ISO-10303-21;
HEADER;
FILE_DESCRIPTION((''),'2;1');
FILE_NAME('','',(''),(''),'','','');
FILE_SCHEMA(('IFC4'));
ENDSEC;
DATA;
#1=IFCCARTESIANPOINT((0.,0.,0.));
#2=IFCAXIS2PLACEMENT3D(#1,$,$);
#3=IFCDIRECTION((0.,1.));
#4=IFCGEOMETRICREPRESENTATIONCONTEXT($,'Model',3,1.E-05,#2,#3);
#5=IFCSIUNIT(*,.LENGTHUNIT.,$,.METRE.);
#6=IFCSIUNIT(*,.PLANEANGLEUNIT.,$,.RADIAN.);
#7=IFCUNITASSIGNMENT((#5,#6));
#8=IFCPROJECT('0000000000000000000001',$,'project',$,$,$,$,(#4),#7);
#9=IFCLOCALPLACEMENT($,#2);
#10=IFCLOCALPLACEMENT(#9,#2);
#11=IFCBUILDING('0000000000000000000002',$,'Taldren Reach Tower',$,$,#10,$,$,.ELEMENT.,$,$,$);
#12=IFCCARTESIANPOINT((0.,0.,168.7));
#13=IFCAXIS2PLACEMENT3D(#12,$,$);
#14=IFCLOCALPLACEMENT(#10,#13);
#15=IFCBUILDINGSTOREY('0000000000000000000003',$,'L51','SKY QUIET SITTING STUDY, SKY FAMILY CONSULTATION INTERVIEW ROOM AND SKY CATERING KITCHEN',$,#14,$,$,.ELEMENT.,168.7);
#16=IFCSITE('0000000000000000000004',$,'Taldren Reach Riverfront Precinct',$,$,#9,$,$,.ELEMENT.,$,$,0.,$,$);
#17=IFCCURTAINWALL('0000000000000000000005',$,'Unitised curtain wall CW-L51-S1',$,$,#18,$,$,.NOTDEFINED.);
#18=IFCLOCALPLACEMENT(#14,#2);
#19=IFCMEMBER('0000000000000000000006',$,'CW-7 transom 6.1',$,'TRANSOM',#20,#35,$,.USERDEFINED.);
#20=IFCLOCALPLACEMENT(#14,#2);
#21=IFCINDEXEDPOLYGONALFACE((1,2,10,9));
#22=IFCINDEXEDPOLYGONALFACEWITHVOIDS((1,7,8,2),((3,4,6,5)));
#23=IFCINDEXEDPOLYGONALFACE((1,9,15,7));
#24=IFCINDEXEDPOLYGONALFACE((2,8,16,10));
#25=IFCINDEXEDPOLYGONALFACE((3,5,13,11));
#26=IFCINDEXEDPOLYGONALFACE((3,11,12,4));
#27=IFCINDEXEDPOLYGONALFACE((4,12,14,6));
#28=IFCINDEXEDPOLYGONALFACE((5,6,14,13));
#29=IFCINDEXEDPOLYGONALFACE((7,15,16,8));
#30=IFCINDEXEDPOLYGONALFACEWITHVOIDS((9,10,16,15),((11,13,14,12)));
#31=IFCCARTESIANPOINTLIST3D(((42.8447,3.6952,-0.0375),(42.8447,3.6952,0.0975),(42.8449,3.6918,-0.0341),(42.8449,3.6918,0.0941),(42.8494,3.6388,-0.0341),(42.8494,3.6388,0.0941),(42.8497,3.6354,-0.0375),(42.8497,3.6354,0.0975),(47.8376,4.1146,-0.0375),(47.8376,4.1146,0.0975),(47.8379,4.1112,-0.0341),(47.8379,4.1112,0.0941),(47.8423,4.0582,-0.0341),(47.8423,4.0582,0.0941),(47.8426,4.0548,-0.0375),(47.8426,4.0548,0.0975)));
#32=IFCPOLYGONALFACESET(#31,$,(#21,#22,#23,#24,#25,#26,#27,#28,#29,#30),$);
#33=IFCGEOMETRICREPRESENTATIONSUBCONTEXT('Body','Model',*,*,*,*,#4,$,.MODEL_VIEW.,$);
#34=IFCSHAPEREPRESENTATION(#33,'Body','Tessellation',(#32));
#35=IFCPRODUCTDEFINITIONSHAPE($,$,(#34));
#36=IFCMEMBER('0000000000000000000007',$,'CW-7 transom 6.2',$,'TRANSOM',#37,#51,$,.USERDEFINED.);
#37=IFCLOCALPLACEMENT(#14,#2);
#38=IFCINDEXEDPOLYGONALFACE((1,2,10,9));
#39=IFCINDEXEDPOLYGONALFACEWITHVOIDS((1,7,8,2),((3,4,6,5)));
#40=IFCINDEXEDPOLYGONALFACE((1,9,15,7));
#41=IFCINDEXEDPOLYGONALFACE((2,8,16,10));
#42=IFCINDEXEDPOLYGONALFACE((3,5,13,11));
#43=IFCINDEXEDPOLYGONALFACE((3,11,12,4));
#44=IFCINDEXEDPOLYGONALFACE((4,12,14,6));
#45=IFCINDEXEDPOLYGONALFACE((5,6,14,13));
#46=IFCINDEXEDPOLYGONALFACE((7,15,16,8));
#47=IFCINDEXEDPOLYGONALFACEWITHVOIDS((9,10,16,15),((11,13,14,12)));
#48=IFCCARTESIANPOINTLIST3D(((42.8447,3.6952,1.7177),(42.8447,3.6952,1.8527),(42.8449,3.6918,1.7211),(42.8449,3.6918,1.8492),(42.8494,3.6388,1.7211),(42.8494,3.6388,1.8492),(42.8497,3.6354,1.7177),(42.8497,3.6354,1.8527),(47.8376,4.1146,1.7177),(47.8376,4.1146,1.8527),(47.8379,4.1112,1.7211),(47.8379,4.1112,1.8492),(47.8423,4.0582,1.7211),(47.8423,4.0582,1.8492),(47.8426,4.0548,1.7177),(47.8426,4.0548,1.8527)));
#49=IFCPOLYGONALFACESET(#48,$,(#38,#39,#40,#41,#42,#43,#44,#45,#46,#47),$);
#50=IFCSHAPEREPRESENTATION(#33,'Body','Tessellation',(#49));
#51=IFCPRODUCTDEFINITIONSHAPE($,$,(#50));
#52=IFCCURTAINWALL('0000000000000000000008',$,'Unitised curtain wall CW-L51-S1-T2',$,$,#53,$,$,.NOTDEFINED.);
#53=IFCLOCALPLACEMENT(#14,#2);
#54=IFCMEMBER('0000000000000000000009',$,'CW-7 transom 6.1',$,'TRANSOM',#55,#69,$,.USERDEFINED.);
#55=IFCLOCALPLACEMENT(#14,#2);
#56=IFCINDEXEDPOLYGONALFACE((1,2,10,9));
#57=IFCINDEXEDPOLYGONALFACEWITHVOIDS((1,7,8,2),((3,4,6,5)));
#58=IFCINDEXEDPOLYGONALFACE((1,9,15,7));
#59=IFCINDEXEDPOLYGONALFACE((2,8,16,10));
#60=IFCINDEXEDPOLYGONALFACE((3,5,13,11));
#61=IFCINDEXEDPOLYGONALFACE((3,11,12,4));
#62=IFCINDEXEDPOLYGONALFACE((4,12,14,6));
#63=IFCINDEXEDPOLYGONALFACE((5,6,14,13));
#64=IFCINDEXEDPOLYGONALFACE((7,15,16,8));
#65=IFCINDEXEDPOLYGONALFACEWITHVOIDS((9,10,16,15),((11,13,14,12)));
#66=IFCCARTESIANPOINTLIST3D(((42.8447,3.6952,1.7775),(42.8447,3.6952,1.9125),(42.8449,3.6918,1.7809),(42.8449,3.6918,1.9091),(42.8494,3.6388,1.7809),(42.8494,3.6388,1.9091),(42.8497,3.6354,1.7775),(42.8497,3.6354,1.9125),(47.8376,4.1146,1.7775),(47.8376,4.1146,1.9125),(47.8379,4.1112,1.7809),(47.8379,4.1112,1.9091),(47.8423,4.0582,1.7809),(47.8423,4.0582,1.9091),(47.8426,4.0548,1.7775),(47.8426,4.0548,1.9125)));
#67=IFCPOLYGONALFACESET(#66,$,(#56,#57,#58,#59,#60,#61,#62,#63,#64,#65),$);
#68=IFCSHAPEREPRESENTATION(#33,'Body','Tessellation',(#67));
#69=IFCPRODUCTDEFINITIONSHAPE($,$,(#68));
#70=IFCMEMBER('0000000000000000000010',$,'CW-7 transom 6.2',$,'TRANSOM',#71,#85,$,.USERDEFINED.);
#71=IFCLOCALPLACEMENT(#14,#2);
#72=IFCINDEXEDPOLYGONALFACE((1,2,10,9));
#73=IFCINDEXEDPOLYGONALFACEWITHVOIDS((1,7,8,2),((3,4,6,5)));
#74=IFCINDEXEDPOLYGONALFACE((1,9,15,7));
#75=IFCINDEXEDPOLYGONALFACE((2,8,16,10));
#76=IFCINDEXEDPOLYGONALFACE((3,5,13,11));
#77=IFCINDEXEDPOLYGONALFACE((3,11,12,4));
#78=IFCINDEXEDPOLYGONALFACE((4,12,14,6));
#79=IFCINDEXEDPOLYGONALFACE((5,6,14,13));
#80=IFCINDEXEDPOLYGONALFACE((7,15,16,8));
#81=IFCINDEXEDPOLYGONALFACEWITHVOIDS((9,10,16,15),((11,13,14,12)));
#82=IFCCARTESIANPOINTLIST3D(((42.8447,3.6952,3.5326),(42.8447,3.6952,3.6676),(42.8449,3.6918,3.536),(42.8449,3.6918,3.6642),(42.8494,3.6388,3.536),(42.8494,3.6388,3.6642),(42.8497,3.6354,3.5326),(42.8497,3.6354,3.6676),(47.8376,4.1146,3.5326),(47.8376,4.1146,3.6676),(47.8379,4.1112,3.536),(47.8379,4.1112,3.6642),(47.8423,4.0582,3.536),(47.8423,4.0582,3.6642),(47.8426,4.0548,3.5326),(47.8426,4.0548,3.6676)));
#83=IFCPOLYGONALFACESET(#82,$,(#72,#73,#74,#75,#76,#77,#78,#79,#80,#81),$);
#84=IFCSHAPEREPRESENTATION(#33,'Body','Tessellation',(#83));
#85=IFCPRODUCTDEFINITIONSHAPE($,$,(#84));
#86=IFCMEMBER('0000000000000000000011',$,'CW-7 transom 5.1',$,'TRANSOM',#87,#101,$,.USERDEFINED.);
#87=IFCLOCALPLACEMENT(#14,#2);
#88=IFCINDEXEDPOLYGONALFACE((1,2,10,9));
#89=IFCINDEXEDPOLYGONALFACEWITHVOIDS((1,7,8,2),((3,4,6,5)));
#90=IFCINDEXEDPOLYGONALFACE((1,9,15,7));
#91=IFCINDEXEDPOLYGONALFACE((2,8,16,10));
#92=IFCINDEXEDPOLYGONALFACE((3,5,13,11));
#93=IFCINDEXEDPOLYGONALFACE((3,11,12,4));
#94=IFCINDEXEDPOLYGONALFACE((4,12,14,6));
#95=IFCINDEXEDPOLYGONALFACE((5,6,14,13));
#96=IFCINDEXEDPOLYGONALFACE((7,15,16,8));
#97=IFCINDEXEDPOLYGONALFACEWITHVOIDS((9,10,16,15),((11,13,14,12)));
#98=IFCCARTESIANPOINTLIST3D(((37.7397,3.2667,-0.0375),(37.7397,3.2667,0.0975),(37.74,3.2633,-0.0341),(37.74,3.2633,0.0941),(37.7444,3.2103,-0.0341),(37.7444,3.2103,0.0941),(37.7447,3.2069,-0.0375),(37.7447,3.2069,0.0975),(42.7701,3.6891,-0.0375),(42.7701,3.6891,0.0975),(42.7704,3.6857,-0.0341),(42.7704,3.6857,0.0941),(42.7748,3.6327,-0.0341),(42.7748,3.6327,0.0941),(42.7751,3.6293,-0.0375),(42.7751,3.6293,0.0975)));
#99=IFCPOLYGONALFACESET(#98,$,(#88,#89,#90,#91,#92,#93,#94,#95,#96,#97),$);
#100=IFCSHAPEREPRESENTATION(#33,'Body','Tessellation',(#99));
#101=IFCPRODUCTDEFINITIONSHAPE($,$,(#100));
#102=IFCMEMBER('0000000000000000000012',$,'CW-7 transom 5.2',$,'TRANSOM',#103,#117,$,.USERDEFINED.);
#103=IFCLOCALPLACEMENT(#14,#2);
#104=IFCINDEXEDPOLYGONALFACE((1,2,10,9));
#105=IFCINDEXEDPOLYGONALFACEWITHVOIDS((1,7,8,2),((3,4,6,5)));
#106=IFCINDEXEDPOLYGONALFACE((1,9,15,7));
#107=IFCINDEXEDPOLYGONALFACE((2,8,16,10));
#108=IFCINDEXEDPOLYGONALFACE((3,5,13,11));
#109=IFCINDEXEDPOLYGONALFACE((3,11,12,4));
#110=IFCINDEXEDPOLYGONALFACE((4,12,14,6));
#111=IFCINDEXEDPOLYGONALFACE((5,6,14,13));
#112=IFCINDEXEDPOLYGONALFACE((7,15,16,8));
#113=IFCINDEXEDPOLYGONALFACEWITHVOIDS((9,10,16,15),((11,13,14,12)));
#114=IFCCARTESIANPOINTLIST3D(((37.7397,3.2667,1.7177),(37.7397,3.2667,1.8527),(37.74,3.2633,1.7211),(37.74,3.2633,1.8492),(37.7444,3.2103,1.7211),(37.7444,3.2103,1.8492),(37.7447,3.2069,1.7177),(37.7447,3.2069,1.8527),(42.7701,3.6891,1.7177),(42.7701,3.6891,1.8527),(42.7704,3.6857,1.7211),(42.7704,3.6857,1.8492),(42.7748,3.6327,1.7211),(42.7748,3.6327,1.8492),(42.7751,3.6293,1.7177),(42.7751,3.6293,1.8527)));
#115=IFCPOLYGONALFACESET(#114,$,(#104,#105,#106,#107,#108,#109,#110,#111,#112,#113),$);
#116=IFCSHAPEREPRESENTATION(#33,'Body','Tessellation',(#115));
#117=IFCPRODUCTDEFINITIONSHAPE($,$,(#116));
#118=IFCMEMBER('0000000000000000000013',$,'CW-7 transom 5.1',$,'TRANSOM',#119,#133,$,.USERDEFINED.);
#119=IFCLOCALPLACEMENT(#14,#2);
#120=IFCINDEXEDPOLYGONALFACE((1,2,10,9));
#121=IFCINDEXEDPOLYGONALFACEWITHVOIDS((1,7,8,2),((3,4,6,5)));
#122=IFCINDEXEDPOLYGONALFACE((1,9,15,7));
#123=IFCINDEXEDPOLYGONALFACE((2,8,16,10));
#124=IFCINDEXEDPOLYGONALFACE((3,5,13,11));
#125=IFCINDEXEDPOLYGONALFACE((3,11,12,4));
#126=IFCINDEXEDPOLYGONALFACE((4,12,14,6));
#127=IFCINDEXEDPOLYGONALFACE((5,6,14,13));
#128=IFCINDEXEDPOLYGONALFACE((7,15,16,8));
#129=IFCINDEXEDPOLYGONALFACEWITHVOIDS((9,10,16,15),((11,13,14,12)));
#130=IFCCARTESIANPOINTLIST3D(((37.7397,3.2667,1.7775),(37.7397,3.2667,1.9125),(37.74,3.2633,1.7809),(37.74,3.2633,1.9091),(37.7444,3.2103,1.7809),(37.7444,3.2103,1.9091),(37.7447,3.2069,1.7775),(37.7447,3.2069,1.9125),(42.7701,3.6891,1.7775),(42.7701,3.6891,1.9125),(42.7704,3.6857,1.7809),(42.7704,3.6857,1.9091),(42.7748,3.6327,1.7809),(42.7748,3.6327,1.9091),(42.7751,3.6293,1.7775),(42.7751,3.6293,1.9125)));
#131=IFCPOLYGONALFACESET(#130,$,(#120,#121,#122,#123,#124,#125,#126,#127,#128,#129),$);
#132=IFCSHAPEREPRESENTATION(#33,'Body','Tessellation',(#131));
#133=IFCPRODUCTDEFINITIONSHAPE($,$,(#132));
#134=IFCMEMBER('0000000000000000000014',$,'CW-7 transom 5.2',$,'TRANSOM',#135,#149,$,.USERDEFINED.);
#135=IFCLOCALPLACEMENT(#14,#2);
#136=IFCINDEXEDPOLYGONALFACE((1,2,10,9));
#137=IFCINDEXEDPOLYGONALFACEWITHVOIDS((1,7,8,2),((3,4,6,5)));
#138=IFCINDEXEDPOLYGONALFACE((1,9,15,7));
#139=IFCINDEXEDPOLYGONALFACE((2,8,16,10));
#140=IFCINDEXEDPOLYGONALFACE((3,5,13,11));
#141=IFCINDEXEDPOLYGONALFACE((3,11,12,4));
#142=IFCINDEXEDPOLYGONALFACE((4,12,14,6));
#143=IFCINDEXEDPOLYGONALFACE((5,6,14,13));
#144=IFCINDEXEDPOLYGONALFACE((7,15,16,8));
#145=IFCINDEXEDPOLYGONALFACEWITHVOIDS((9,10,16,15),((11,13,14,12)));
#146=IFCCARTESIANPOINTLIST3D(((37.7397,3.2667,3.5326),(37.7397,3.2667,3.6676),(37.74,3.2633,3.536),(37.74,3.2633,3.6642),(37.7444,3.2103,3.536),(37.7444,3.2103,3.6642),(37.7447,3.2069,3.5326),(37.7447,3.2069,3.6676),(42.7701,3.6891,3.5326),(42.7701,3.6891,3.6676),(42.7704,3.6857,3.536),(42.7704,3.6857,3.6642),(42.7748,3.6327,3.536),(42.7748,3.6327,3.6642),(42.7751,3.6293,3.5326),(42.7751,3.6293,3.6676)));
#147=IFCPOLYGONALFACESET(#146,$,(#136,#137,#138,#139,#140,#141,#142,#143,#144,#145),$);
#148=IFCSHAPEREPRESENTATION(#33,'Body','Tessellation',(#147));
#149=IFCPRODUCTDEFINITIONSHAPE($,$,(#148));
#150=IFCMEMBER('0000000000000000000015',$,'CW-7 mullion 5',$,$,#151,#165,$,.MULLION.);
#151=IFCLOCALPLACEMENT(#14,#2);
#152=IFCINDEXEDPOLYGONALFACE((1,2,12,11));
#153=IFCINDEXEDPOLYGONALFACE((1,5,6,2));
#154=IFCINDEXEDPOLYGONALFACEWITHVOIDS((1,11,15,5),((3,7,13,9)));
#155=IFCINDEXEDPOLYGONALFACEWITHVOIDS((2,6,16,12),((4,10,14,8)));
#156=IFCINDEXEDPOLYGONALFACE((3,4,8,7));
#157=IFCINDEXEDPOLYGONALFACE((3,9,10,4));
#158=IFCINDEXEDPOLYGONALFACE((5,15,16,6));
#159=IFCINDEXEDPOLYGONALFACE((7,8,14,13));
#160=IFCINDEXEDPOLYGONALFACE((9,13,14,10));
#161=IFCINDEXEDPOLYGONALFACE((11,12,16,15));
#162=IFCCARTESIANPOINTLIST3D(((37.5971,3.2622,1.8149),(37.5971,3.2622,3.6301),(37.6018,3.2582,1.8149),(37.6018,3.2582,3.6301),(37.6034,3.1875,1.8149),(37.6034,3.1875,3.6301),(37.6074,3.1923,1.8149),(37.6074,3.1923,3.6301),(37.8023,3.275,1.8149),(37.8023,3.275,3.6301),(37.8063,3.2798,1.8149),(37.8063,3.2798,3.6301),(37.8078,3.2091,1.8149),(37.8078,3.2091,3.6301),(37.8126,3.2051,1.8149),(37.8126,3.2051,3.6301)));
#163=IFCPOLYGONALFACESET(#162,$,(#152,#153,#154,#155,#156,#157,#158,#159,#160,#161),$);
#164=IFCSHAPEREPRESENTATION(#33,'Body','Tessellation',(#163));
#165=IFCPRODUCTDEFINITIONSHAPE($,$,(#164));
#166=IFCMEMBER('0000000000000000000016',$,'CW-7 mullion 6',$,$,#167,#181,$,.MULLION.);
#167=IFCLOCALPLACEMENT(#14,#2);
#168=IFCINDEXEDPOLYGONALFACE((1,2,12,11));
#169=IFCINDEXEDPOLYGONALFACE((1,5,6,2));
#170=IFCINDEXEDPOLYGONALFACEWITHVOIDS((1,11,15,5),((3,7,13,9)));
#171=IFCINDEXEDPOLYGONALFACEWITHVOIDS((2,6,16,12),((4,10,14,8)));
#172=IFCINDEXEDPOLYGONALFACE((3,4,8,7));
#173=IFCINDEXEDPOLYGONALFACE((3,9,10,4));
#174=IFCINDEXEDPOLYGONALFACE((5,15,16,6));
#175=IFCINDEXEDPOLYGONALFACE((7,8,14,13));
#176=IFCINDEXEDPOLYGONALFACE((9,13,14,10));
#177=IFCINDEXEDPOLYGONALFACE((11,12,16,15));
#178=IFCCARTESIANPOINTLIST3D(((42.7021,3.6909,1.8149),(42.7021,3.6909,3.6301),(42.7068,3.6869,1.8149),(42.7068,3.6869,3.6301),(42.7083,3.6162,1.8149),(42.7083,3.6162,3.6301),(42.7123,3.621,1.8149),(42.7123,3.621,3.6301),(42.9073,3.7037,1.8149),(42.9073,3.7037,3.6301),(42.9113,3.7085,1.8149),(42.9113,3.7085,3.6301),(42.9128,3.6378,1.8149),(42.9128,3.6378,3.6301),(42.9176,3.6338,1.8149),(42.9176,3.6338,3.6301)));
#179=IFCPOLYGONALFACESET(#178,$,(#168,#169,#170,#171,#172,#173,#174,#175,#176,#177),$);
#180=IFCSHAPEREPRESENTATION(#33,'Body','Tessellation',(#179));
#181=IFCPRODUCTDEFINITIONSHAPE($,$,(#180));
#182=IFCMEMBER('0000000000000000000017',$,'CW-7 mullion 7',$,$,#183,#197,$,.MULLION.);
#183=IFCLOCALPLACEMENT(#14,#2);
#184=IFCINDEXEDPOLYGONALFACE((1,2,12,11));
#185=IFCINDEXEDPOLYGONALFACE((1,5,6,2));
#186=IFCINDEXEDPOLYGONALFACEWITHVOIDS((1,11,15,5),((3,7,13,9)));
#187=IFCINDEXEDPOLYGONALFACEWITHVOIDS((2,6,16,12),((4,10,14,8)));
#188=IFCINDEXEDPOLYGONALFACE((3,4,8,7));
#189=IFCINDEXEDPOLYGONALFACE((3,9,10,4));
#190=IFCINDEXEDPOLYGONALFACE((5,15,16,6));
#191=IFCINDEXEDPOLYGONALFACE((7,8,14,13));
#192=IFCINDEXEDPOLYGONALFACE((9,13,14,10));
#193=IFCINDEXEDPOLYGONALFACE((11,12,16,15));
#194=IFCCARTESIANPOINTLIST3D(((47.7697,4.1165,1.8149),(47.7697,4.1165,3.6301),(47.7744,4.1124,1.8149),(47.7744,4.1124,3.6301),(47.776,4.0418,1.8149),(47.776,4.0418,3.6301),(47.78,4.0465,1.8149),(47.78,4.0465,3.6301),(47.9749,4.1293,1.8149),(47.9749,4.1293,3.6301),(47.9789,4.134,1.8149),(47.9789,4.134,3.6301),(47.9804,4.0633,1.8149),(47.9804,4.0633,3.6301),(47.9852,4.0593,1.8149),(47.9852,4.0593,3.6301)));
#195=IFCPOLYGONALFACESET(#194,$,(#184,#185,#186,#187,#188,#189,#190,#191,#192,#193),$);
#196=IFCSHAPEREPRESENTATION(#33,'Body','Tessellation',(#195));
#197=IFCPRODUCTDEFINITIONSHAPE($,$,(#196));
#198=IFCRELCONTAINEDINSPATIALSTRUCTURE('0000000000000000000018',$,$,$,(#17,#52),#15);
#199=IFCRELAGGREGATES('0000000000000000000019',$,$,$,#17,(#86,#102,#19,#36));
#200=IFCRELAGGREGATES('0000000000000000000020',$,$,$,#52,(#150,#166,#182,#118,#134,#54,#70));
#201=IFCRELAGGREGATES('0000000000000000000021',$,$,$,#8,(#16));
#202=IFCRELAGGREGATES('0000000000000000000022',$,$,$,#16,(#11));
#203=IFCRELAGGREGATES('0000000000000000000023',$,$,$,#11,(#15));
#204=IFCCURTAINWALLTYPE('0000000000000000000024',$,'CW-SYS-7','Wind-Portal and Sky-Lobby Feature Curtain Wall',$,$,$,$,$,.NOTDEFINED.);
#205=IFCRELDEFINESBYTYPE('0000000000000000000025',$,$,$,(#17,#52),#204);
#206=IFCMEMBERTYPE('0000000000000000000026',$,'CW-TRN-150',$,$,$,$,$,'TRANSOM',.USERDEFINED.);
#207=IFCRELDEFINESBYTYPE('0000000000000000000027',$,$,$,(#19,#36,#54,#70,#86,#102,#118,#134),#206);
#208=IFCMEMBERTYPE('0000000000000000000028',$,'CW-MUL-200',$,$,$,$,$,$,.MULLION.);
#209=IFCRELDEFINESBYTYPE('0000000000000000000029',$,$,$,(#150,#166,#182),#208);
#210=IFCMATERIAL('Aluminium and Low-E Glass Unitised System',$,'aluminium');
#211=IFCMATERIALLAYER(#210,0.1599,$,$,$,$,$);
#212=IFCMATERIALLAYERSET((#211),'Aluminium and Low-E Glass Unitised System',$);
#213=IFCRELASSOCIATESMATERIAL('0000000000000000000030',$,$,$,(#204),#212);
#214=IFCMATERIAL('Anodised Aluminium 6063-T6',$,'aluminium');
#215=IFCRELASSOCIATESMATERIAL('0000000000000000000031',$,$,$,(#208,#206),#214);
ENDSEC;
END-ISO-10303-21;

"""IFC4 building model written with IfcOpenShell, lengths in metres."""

from ifc_helpers import new_model, si_unit, direction, frame, origin, origin_2d, place, context, subcontext, project, spatial, hollow_rectangle, extrude, source, transform, mapped, material, layer, layer_set, material_profile, profile_set, type_object, element, aggregate, save


model = new_model("IFC4")

# Units and contexts
model_context = context("Model", 3, precision=1e-05, world=origin(), true_north=direction((0.0, 1.0)))
body_context = subcontext(model_context, "Body", "Model", "MODEL_VIEW")
ifc_project = project(units=[si_unit("LENGTHUNIT", "METRE"), si_unit("PLANEANGLEUNIT", "RADIAN")], contexts=[model_context])

# Site, building, storey
site_placement = place(None, origin())
site = spatial("IfcSite", under=ifc_project, at=site_placement, Name="Taldren Reach Riverfront Precinct", CompositionType="ELEMENT", RefElevation=0.0)
building_placement = place(site_placement, origin())
building = spatial("IfcBuilding", under=site, at=building_placement, Name="Taldren Reach Tower", CompositionType="ELEMENT")
storey_placement = place(building_placement, frame((0.0, 0.0, 168.7)))
storey = spatial("IfcBuildingStorey", under=building, at=storey_placement, Name="L51", Description="SKY QUIET SITTING STUDY, SKY FAMILY CONSULTATION INTERVIEW ROOM AND SKY CATERING KITCHEN", CompositionType="ELEMENT", Elevation=168.7)

# Curtain walls, members
ifc_material_1 = material(Name="Aluminium and Low-E Glass Unitised System", Category="aluminium")
ifc_layer_1 = layer(ifc_material_1, 0.1599)
ifc_layer_set_1 = layer_set([ifc_layer_1], Name="Aluminium and Low-E Glass Unitised System")
curtain_wall_type = type_object("IfcCurtainWallType", Name="CW-SYS-7", Description="Wind-Portal and Sky-Lobby Feature Curtain Wall", PredefinedType="NOTDEFINED", material=ifc_layer_set_1)
curtain_wall_1_placement = place(storey_placement, origin())
curtain_wall_1 = element("IfcCurtainWall", 1, at=curtain_wall_1_placement, inside=storey, type_object=curtain_wall_type, Name="Unitised curtain wall CW-L51-S1", PredefinedType="NOTDEFINED")
ifc_material_2 = material(Name="Anodised Aluminium 6063-T6", Category="aluminium")
ifc_material_profile_1 = material_profile(ifc_material_2, hollow_rectangle(XDim=0.075, YDim=0.21, WallThickness=0.0044, at=origin_2d()), Name="ALU-210x75x4.5RHS")
ifc_profile_set_1 = profile_set([ifc_material_profile_1], Name="Anodised Aluminium 6063-T6")
member_type_1 = type_object("IfcMemberType", Name="CW-MUL-200", PredefinedType="MULLION", material=ifc_profile_set_1)
ifc_material_profile_2 = material_profile(ifc_material_2, hollow_rectangle(XDim=0.0601, YDim=0.135, WallThickness=0.0034, at=origin_2d()), Name="ALU-135x60x3.5RHS")
ifc_profile_set_2 = profile_set([ifc_material_profile_2], Name="Anodised Aluminium 6063-T6")
member_type_2 = type_object("IfcMemberType", Name="CW-TRN-150", ElementType="TRANSOM", PredefinedType="USERDEFINED", material=ifc_profile_set_2)
shared_shape_1 = source(origin(), body_context, "Body", "SweptSolid", [
    extrude(hollow_rectangle(XDim=0.0601, YDim=0.135, WallThickness=0.0034, at=origin_2d()), origin(), (0.0, 0.0, 1.0), 5.0105),
])
member_1_placement = place(storey_placement, frame((42.8472, 3.6653, 0.03), z_axis=(0.99649, 0.083711, 0.0), x_axis=(-0.083711, 0.99649, 0.0)))
member_1 = element("IfcMember", 2, at=member_1_placement, type_object=member_type_2, Name="CW-7 transom 6.1", ObjectType="TRANSOM", PredefinedType="USERDEFINED", context=body_context, shape_type="MappedRepresentation", body=[
    mapped(shared_shape_1, transform((0.0, 0.0, 0.0), scale=1.0)),
])
member_2_placement = place(storey_placement, frame((42.8472, 3.6653, 1.7852), z_axis=(0.99649, 0.083711, 0.0), x_axis=(-0.083711, 0.99649, 0.0)))
member_2 = element("IfcMember", 3, at=member_2_placement, type_object=member_type_2, Name="CW-7 transom 6.2", ObjectType="TRANSOM", PredefinedType="USERDEFINED", context=body_context, shape_type="MappedRepresentation", body=[
    mapped(shared_shape_1, transform((0.0, 0.0, 0.0), scale=1.0)),
])
curtain_wall_2_placement = place(storey_placement, origin())
curtain_wall_2 = element("IfcCurtainWall", 4, at=curtain_wall_2_placement, inside=storey, type_object=curtain_wall_type, Name="Unitised curtain wall CW-L51-S1-T2", PredefinedType="NOTDEFINED")
member_3_placement = place(storey_placement, frame((42.8472, 3.6653, 1.845), z_axis=(0.99649, 0.083711, 0.0), x_axis=(-0.083711, 0.99649, 0.0)))
member_3 = element("IfcMember", 5, at=member_3_placement, type_object=member_type_2, Name="CW-7 transom 6.1", ObjectType="TRANSOM", PredefinedType="USERDEFINED", context=body_context, shape_type="MappedRepresentation", body=[
    mapped(shared_shape_1, transform((0.0, 0.0, 0.0), scale=1.0)),
])
member_4_placement = place(storey_placement, frame((42.8472, 3.6653, 3.6001), z_axis=(0.99649, 0.083711, 0.0), x_axis=(-0.083711, 0.99649, 0.0)))
member_4 = element("IfcMember", 6, at=member_4_placement, type_object=member_type_2, Name="CW-7 transom 6.2", ObjectType="TRANSOM", PredefinedType="USERDEFINED", context=body_context, shape_type="MappedRepresentation", body=[
    mapped(shared_shape_1, transform((0.0, 0.0, 0.0), scale=1.0)),
])

# Members
shared_shape_2 = source(origin(), body_context, "Body", "SweptSolid", [
    extrude(hollow_rectangle(XDim=0.0601, YDim=0.135, WallThickness=0.0034, at=origin_2d()), origin(), (0.0, 0.0, 1.0), 5.0481),
])
member_5_placement = place(storey_placement, frame((37.7422, 3.2368, 0.03), z_axis=(0.996494, 0.08367, 0.0), x_axis=(-0.08367, 0.996494, 0.0)))
member_5 = element("IfcMember", 7, at=member_5_placement, type_object=member_type_2, Name="CW-7 transom 5.1", ObjectType="TRANSOM", PredefinedType="USERDEFINED", context=body_context, shape_type="MappedRepresentation", body=[
    mapped(shared_shape_2, transform((0.0, 0.0, 0.0), scale=1.0)),
])
member_6_placement = place(storey_placement, frame((37.7422, 3.2368, 1.7852), z_axis=(0.996494, 0.08367, 0.0), x_axis=(-0.08367, 0.996494, 0.0)))
member_6 = element("IfcMember", 8, at=member_6_placement, type_object=member_type_2, Name="CW-7 transom 5.2", ObjectType="TRANSOM", PredefinedType="USERDEFINED", context=body_context, shape_type="MappedRepresentation", body=[
    mapped(shared_shape_2, transform((0.0, 0.0, 0.0), scale=1.0)),
])
member_7_placement = place(storey_placement, frame((37.7422, 3.2368, 1.845), z_axis=(0.996494, 0.08367, 0.0), x_axis=(-0.08367, 0.996494, 0.0)))
member_7 = element("IfcMember", 9, at=member_7_placement, type_object=member_type_2, Name="CW-7 transom 5.1", ObjectType="TRANSOM", PredefinedType="USERDEFINED", context=body_context, shape_type="MappedRepresentation", body=[
    mapped(shared_shape_2, transform((0.0, 0.0, 0.0), scale=1.0)),
])
member_8_placement = place(storey_placement, frame((37.7422, 3.2368, 3.6001), z_axis=(0.996494, 0.08367, 0.0), x_axis=(-0.08367, 0.996494, 0.0)))
member_8 = element("IfcMember", 10, at=member_8_placement, type_object=member_type_2, Name="CW-7 transom 5.2", ObjectType="TRANSOM", PredefinedType="USERDEFINED", context=body_context, shape_type="MappedRepresentation", body=[
    mapped(shared_shape_2, transform((0.0, 0.0, 0.0), scale=1.0)),
])
shared_shape_3 = source(origin(), body_context, "Body", "SweptSolid", [
    extrude(hollow_rectangle(XDim=0.075, YDim=0.21, WallThickness=0.0044, at=origin_2d()), origin(), (0.0, 0.0, 1.0), 1.8152),
])
member_9_placement = place(storey_placement, frame((37.7048, 3.2336, 1.8149), z_axis=(0.0, 0.0, 1.0), x_axis=(-0.083678, 0.996493, 0.0)))
member_9 = element("IfcMember", 11, at=member_9_placement, type_object=member_type_1, Name="CW-7 mullion 5", PredefinedType="MULLION", context=body_context, shape_type="MappedRepresentation", body=[
    mapped(shared_shape_3, transform((0.0, 0.0, 0.0), scale=1.0)),
])
member_10_placement = place(storey_placement, frame((42.8098, 3.6624, 1.8149), z_axis=(0.0, 0.0, 1.0), x_axis=(-0.083678, 0.996493, 0.0)))
member_10 = element("IfcMember", 12, at=member_10_placement, type_object=member_type_1, Name="CW-7 mullion 6", PredefinedType="MULLION", context=body_context, shape_type="MappedRepresentation", body=[
    mapped(shared_shape_3, transform((0.0, 0.0, 0.0), scale=1.0)),
])
member_11_placement = place(storey_placement, frame((47.8774, 4.0879, 1.8149), z_axis=(0.0, 0.0, 1.0), x_axis=(-0.083678, 0.996493, 0.0)))
member_11 = element("IfcMember", 13, at=member_11_placement, type_object=member_type_1, Name="CW-7 mullion 7", PredefinedType="MULLION", context=body_context, shape_type="MappedRepresentation", body=[
    mapped(shared_shape_3, transform((0.0, 0.0, 0.0), scale=1.0)),
])

aggregate(curtain_wall_1, [member_5, member_6, member_1, member_2])
aggregate(curtain_wall_2, [member_9, member_10, member_11, member_7, member_8, member_3, member_4])

save(model, "model.ifc")
